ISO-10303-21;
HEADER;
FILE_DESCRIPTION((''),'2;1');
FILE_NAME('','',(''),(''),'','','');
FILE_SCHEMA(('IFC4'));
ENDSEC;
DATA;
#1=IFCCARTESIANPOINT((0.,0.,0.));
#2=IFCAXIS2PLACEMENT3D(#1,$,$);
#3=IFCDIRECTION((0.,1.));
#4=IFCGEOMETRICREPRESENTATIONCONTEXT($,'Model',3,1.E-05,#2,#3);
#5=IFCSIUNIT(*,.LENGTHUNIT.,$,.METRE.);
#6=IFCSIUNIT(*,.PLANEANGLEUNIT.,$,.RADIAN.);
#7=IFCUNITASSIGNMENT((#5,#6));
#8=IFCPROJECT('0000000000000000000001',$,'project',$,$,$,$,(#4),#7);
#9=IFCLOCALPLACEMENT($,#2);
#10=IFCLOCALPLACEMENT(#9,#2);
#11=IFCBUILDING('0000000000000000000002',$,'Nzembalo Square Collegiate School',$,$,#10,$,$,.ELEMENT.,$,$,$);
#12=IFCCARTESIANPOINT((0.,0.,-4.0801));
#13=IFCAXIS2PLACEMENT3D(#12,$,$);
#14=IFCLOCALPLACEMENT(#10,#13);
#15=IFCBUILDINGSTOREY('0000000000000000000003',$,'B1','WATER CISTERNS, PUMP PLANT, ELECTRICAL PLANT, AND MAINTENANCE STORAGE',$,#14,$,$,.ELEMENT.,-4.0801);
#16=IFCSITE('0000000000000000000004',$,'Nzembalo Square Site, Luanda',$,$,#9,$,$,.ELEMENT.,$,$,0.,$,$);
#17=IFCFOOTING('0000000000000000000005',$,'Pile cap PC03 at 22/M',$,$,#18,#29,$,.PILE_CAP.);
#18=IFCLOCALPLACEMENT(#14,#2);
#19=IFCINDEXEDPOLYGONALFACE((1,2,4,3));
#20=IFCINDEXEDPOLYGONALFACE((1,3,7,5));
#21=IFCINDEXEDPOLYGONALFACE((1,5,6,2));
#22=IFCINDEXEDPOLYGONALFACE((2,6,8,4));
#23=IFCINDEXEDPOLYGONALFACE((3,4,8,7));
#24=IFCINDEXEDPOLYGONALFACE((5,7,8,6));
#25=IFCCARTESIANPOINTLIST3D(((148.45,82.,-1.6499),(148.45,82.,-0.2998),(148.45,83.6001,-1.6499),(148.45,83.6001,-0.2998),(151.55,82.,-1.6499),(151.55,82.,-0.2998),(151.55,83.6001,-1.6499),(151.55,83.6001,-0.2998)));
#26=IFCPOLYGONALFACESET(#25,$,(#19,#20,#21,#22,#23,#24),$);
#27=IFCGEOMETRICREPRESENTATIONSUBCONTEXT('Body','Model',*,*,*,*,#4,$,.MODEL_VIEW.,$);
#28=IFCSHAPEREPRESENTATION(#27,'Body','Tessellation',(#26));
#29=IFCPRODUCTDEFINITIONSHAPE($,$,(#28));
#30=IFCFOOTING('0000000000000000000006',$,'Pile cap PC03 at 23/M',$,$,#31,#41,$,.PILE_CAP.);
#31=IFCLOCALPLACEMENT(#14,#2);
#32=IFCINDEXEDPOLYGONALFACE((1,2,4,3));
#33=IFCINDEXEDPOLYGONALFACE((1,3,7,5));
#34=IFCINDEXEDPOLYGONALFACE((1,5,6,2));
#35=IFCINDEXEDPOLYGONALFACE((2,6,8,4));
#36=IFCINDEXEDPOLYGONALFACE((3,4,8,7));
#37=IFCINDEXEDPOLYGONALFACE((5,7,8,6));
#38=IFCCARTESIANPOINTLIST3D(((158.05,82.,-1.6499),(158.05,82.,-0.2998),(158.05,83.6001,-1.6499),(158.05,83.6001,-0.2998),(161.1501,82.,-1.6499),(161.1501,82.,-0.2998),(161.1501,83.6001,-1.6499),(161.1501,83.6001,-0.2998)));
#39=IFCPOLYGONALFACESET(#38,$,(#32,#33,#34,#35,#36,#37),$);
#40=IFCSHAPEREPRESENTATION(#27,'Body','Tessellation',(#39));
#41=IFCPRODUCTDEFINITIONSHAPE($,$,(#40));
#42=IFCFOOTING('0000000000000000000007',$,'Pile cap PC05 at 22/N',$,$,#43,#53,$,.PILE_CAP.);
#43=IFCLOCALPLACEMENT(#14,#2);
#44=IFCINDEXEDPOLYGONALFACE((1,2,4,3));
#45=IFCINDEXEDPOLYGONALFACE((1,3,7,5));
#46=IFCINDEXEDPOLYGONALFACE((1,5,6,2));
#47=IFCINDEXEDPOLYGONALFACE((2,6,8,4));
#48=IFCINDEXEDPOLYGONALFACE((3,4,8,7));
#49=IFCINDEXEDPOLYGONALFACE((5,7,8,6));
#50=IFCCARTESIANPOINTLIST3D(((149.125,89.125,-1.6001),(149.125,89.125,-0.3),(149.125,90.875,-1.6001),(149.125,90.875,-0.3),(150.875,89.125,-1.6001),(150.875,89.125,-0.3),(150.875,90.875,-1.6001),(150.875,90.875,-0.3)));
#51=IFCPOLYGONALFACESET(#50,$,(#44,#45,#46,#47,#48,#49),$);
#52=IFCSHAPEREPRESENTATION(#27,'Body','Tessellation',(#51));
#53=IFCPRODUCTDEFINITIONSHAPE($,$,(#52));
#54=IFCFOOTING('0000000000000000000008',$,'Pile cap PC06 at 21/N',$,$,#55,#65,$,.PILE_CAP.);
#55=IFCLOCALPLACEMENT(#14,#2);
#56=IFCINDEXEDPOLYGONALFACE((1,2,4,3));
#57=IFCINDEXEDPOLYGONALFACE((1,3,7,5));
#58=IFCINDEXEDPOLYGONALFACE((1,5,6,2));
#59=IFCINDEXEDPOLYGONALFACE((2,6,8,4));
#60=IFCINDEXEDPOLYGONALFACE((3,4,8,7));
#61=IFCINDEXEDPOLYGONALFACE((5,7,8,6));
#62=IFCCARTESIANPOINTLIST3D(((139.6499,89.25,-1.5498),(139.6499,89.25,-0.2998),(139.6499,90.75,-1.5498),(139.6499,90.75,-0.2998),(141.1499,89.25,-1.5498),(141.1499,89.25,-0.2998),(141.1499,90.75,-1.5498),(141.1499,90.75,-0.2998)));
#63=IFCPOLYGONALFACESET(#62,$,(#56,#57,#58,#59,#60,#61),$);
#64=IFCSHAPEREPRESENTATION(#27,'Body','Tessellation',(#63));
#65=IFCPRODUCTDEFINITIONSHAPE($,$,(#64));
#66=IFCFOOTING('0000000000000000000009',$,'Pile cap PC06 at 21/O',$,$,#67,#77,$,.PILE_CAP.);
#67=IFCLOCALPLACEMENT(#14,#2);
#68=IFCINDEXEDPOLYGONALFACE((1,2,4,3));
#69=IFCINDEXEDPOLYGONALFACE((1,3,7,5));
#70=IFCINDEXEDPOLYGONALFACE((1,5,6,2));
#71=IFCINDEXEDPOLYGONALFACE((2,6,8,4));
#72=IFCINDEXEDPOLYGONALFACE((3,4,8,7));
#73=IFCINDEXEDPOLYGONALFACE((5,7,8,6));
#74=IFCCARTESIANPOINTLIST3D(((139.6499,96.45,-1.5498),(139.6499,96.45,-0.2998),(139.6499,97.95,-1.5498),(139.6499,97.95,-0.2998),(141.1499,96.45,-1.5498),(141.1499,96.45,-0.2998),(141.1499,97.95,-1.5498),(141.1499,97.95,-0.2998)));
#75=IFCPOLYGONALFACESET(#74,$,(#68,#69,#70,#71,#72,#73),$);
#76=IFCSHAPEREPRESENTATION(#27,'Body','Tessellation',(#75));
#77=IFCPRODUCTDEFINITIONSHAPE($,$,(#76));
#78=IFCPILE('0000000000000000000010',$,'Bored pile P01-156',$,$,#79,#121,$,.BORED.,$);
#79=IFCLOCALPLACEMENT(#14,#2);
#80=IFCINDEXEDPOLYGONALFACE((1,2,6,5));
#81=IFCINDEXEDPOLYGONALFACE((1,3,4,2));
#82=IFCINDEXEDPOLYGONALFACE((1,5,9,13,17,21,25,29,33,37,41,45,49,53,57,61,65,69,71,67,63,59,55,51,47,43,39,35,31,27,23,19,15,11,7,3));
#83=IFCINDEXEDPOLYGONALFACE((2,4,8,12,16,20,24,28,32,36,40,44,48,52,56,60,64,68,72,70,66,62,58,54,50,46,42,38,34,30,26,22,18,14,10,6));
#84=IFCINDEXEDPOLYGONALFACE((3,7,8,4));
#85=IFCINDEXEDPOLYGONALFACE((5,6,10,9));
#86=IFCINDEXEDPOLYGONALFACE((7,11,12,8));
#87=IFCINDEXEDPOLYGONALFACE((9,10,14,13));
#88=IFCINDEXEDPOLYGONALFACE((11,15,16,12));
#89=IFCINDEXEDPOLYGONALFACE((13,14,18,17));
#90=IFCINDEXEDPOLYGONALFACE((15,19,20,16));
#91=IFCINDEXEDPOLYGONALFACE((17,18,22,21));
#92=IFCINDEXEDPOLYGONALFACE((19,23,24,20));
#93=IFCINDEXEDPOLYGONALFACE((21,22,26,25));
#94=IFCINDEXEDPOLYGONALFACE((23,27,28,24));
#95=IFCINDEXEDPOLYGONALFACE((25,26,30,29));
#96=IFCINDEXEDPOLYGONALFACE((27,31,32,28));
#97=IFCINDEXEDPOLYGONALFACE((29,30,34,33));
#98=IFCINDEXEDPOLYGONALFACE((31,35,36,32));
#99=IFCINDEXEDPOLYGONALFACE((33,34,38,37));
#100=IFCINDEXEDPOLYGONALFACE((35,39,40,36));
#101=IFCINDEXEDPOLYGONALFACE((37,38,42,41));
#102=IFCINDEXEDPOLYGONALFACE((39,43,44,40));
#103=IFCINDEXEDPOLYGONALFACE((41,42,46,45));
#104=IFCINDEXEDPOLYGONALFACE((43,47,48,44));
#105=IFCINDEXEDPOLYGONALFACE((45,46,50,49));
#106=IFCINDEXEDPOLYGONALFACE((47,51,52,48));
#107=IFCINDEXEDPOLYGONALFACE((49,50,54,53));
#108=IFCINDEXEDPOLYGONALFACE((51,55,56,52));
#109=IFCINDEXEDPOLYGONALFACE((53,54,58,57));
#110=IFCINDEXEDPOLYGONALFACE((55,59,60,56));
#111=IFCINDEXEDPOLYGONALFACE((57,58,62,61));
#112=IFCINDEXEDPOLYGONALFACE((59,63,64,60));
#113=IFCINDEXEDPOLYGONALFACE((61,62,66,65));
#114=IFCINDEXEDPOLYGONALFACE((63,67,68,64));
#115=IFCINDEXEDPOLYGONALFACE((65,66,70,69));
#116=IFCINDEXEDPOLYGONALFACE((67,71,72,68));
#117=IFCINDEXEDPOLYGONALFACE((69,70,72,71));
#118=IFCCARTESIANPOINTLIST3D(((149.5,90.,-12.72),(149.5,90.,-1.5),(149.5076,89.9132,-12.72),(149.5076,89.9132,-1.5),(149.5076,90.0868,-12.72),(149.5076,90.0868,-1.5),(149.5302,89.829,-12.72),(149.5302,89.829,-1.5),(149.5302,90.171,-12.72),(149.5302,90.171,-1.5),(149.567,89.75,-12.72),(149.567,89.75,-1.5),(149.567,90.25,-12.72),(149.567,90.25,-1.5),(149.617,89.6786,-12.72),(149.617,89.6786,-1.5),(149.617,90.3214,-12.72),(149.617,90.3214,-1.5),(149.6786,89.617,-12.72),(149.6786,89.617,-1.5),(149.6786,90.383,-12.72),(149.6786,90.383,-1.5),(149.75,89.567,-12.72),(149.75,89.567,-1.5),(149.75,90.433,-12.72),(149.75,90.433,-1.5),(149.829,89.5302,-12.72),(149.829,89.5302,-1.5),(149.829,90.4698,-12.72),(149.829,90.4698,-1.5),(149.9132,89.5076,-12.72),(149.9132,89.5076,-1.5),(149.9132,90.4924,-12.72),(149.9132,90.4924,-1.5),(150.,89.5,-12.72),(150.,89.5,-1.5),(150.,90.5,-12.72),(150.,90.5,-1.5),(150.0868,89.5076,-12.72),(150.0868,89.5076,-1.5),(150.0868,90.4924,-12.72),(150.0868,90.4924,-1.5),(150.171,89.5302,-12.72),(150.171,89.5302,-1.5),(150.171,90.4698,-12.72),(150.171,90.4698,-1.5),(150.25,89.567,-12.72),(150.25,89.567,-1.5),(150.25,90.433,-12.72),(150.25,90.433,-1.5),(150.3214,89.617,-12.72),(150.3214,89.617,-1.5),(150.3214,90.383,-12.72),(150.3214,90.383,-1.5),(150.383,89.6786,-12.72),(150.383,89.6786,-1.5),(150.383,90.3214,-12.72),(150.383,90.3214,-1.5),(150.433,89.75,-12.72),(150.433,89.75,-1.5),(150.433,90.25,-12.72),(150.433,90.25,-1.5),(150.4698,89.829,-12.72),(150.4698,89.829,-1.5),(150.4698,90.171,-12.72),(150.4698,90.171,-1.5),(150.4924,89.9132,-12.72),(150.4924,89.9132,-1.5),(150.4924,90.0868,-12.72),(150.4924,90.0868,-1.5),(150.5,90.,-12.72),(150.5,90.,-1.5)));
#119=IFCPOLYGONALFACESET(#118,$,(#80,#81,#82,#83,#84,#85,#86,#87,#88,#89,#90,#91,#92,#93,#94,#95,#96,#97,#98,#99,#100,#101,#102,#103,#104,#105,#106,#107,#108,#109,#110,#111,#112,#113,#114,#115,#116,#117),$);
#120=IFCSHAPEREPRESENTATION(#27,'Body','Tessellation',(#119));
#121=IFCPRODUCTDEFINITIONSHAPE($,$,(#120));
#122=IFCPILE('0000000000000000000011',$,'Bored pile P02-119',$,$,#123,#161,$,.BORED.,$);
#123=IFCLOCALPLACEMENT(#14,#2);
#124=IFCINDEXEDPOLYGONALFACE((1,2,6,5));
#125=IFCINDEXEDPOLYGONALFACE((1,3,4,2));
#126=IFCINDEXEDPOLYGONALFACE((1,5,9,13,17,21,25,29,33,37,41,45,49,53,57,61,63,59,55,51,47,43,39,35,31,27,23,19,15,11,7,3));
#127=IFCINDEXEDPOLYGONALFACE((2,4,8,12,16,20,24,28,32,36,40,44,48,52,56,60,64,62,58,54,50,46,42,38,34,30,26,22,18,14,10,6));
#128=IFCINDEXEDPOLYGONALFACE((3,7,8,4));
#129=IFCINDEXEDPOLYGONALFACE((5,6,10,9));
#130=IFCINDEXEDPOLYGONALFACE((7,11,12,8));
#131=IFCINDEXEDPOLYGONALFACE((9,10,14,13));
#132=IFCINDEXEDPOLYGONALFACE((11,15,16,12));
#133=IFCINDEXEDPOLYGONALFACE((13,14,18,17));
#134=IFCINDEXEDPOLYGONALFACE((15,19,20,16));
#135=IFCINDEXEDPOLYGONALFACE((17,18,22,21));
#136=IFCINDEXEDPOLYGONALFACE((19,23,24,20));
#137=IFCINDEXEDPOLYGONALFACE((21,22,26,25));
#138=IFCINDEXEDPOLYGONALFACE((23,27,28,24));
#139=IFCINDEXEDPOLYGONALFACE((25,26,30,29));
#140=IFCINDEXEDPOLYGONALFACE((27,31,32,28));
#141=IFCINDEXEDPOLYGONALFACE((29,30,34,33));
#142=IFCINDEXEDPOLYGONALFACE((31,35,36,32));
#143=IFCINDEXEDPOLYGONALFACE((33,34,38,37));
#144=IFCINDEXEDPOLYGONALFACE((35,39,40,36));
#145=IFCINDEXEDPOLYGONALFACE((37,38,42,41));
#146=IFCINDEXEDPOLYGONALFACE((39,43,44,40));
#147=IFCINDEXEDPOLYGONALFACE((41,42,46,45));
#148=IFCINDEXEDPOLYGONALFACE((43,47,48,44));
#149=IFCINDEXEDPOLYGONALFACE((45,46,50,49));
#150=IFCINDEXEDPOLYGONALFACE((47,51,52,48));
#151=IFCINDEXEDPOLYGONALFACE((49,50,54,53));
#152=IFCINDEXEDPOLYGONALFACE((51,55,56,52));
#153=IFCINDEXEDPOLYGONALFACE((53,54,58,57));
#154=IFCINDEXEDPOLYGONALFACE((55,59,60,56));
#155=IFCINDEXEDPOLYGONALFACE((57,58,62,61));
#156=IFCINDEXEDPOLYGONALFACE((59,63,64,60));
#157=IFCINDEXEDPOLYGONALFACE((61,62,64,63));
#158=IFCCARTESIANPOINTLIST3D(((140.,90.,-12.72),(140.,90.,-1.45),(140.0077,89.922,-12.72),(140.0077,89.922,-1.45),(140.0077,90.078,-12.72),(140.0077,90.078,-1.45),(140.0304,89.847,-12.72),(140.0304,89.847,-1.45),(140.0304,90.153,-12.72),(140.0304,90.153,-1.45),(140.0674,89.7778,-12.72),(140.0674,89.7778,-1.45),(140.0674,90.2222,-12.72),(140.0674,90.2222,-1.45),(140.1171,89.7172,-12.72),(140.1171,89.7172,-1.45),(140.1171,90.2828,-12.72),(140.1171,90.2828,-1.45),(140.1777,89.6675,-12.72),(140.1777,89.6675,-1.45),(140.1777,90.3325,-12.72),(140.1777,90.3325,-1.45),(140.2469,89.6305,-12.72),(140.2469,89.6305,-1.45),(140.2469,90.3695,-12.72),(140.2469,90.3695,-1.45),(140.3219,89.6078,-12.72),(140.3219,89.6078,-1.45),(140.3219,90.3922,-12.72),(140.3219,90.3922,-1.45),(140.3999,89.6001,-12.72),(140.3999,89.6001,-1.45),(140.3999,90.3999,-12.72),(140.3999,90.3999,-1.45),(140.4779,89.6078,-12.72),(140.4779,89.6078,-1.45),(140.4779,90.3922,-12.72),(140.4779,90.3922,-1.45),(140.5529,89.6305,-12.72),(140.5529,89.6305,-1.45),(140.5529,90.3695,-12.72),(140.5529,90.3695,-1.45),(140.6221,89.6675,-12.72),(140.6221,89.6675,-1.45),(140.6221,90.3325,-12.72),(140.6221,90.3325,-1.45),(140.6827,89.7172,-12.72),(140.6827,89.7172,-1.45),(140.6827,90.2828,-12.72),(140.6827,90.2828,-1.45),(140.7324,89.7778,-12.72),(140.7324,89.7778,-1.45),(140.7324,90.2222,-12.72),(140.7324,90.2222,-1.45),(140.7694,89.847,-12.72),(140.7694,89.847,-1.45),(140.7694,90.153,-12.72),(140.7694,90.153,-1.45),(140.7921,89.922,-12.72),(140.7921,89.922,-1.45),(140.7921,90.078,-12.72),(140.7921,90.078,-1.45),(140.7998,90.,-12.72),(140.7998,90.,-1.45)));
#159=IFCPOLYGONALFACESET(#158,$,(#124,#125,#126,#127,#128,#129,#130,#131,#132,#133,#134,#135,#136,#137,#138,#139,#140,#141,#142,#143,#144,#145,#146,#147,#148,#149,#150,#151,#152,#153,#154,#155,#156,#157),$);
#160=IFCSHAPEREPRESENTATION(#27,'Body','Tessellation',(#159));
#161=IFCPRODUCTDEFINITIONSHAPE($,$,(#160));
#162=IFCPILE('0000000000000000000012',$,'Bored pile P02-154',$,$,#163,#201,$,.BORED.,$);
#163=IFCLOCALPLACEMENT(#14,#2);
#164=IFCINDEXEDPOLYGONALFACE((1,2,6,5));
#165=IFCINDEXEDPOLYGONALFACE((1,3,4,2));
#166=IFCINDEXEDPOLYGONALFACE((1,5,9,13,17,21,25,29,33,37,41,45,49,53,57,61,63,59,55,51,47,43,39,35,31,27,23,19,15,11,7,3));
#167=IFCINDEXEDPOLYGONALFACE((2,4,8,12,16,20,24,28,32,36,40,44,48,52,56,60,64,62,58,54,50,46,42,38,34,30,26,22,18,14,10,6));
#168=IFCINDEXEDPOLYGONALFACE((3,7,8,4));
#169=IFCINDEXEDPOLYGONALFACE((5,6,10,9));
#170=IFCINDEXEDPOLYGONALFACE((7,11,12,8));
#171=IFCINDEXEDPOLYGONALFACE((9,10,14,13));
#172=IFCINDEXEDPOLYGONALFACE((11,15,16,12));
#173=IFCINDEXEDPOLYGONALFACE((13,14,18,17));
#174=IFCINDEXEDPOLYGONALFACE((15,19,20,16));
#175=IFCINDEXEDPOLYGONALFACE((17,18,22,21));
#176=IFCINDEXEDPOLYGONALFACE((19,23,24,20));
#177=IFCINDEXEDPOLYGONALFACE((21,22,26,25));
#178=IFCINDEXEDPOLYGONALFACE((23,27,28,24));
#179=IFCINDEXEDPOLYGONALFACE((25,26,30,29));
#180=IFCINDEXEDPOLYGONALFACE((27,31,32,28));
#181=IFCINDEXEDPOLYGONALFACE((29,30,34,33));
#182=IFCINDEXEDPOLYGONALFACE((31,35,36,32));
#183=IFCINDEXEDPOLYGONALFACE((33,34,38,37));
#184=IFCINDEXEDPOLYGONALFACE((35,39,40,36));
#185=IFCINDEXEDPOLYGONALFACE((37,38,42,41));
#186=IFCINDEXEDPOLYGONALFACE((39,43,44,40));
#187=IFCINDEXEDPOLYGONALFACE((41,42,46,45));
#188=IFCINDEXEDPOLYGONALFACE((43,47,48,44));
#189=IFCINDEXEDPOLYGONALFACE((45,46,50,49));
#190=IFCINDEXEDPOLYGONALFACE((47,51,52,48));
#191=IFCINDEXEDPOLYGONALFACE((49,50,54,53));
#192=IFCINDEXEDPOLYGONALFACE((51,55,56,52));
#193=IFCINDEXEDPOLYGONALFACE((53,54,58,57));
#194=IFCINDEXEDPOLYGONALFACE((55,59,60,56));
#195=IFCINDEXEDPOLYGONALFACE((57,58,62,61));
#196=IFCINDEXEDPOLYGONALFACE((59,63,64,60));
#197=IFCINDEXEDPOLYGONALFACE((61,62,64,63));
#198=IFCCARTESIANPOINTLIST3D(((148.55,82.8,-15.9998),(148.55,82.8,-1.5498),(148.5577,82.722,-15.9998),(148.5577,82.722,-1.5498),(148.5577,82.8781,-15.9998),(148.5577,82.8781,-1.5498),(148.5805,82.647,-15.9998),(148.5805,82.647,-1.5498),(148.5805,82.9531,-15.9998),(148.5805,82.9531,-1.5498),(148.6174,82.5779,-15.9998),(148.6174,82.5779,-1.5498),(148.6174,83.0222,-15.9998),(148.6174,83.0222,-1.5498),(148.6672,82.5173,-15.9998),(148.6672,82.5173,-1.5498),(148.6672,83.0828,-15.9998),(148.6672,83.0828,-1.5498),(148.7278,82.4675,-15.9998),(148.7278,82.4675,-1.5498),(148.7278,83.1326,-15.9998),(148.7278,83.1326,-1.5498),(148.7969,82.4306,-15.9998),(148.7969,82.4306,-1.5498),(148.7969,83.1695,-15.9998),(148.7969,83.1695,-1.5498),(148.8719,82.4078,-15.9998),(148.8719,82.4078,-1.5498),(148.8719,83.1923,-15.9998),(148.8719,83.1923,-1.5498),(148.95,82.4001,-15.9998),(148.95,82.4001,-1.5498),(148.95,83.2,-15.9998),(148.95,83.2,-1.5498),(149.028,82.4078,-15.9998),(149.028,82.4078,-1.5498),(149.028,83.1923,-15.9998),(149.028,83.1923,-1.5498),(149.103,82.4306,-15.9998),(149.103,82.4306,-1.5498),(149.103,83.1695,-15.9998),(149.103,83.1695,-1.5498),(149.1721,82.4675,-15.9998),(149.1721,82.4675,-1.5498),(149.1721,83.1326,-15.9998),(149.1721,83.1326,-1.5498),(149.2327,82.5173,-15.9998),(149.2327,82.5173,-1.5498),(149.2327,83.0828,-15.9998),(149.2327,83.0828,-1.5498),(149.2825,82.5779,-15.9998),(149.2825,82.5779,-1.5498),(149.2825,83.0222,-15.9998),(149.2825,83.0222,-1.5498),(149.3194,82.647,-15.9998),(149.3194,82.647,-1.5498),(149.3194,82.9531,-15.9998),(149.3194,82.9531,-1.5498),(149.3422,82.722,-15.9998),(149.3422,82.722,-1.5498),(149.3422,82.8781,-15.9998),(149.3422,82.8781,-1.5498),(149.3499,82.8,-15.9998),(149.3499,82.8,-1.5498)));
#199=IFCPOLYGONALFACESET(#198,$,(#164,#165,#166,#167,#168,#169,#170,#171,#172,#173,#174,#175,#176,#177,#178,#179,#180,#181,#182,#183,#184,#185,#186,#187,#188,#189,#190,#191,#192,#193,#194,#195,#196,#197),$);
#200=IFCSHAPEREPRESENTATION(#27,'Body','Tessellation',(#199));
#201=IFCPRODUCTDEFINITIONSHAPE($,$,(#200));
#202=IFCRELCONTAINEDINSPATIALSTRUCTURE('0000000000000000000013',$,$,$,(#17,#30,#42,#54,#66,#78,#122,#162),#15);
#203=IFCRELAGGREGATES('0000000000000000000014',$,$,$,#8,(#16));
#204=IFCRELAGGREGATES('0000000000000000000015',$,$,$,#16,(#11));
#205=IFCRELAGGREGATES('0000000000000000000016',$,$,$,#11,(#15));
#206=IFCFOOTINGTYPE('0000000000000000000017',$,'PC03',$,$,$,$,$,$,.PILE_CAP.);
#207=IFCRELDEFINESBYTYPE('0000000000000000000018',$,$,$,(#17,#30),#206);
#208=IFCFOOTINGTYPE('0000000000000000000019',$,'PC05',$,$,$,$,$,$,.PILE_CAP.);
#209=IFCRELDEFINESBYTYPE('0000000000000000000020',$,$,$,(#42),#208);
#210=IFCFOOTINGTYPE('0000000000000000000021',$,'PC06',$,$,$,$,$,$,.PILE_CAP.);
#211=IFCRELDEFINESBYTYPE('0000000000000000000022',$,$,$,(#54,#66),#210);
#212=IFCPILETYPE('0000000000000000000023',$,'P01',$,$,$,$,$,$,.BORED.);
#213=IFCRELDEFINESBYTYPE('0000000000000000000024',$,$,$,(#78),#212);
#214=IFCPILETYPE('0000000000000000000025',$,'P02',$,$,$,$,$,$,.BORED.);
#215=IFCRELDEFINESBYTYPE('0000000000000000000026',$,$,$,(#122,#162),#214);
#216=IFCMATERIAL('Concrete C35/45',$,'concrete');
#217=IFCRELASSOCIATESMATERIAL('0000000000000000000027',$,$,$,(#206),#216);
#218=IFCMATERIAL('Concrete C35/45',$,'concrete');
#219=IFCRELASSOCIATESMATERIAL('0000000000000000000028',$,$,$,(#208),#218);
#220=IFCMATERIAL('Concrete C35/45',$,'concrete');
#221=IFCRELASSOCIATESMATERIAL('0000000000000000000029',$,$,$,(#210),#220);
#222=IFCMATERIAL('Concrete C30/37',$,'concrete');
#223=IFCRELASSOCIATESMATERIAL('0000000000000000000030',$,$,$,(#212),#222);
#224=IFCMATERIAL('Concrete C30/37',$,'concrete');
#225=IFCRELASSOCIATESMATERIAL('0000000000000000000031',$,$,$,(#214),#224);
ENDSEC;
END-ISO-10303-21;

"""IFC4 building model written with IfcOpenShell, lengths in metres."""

from ifc_helpers import new_model, si_unit, direction, frame, origin, origin_2d, place, context, subcontext, project, spatial, rectangle, circle, extrude, material, material_profile, profile_set, type_object, element, save


model = new_model("IFC4")

# Units and contexts
model_context = context("Model", 3, precision=1e-05, world=origin(), true_north=direction((0.0, 1.0)))
body_context = subcontext(model_context, "Body", "Model", "MODEL_VIEW")
ifc_project = project(units=[si_unit("LENGTHUNIT", "METRE"), si_unit("PLANEANGLEUNIT", "RADIAN")], contexts=[model_context])

# Site, building, storey
site_placement = place(None, origin())
site = spatial("IfcSite", under=ifc_project, at=site_placement, Name="Nzembalo Square Site, Luanda", CompositionType="ELEMENT", RefElevation=0.0)
building_placement = place(site_placement, origin())
building = spatial("IfcBuilding", under=site, at=building_placement, Name="Nzembalo Square Collegiate School", CompositionType="ELEMENT")
storey_placement = place(building_placement, frame((0.0, 0.0, -4.0801)))
storey = spatial("IfcBuildingStorey", under=building, at=storey_placement, Name="B1", Description="WATER CISTERNS, PUMP PLANT, ELECTRICAL PLANT, AND MAINTENANCE STORAGE", CompositionType="ELEMENT", Elevation=-4.0801)

# Footings
ifc_material_1 = material(Name="Concrete C35/45", Category="concrete")
footing_type_1 = type_object("IfcFootingType", Name="PC03", PredefinedType="PILE_CAP", material=ifc_material_1)
for number, where, z_axis, x_axis, name in (
    (1, (150.0, 82.8, -1.6499), (0.0, 0.0, 1.0), (1.0, 0.0, 0.0), "Pile cap PC03 at 22/M"),
    (2, (159.6001, 82.8, -1.6499), (0.0, 0.0, 1.0), (1.0, 0.0, 0.0), "Pile cap PC03 at 23/M"),
):
    element("IfcFooting", number, at=place(storey_placement, frame(where, z_axis=z_axis, x_axis=x_axis)), inside=storey, type_object=footing_type_1, Name=name, PredefinedType="PILE_CAP", context=body_context, shape_type="SweptSolid", body=[
        extrude(rectangle(XDim=3.1001, YDim=1.6001, at=origin_2d()), origin(), (0.0, 0.0, 1.0), 1.3501),
    ])
ifc_material_2 = material(Name="Concrete C35/45", Category="concrete")
footing_type_2 = type_object("IfcFootingType", Name="PC05", PredefinedType="PILE_CAP", material=ifc_material_2)
footing_placement = place(storey_placement, frame((150.0, 90.0, -1.6001), z_axis=(0.0, 0.0, 1.0), x_axis=(1.0, 0.0, 0.0)))
element("IfcFooting", 3, at=footing_placement, inside=storey, type_object=footing_type_2, Name="Pile cap PC05 at 22/N", PredefinedType="PILE_CAP", context=body_context, shape_type="SweptSolid", body=[
    extrude(rectangle(XDim=1.75, YDim=1.75, at=origin_2d()), origin(), (0.0, 0.0, 1.0), 1.3),
])
ifc_material_3 = material(Name="Concrete C35/45", Category="concrete")
footing_type_3 = type_object("IfcFootingType", Name="PC06", PredefinedType="PILE_CAP", material=ifc_material_3)
for number, where, z_axis, x_axis, name in (
    (4, (140.3999, 90.0, -1.5498), (0.0, 0.0, 1.0), (1.0, 0.0, 0.0), "Pile cap PC06 at 21/N"),
    (5, (140.3999, 97.2, -1.5498), (0.0, 0.0, 1.0), (1.0, 0.0, 0.0), "Pile cap PC06 at 21/O"),
):
    element("IfcFooting", number, at=place(storey_placement, frame(where, z_axis=z_axis, x_axis=x_axis)), inside=storey, type_object=footing_type_3, Name=name, PredefinedType="PILE_CAP", context=body_context, shape_type="SweptSolid", body=[
        extrude(rectangle(XDim=1.5, YDim=1.5, at=origin_2d()), origin(), (0.0, 0.0, 1.0), 1.25),
    ])

# Piles
ifc_material_4 = material(Name="Concrete C30/37", Category="concrete")
ifc_material_profile_1 = material_profile(ifc_material_4, circle(Radius=0.5, at=origin_2d()), Name="PILE D1000")
ifc_profile_set_1 = profile_set([ifc_material_profile_1], Name="Concrete C30/37")
pile_type_1 = type_object("IfcPileType", Name="P01", PredefinedType="BORED", material=ifc_profile_set_1)
pile_1_placement = place(storey_placement, frame((150.0, 90.0, -1.5), z_axis=(0.0, 0.0, -1.0), x_axis=(1.0, 0.0, 0.0)))
element("IfcPile", 6, at=pile_1_placement, inside=storey, type_object=pile_type_1, Name="Bored pile P01-156", PredefinedType="BORED", context=body_context, shape_type="SweptSolid", body=[
    extrude(circle(Radius=0.5, at=origin_2d()), origin(), (0.0, 0.0, 1.0), 11.22),
])
ifc_material_5 = material(Name="Concrete C30/37", Category="concrete")
ifc_material_profile_2 = material_profile(ifc_material_5, circle(Radius=0.3999, at=origin_2d()), Name="PILE D800")
ifc_profile_set_2 = profile_set([ifc_material_profile_2], Name="Concrete C30/37")
pile_type_2 = type_object("IfcPileType", Name="P02", PredefinedType="BORED", material=ifc_profile_set_2)
pile_2_placement = place(storey_placement, frame((140.3999, 90.0, -1.45), z_axis=(0.0, 0.0, -1.0), x_axis=(1.0, 0.0, 0.0)))
element("IfcPile", 7, at=pile_2_placement, inside=storey, type_object=pile_type_2, Name="Bored pile P02-119", PredefinedType="BORED", context=body_context, shape_type="SweptSolid", body=[
    extrude(circle(Radius=0.3999, at=origin_2d()), origin(), (0.0, 0.0, 1.0), 11.27),
])
for number, where, z_axis, x_axis, name in (
    (8, (148.95, 82.8, -1.5498), (0.0, 0.0, -1.0), (1.0, 0.0, 0.0), "Bored pile P02-154"),
):
    element("IfcPile", number, at=place(storey_placement, frame(where, z_axis=z_axis, x_axis=x_axis)), inside=storey, type_object=pile_type_2, Name=name, PredefinedType="BORED", context=body_context, shape_type="SweptSolid", body=[
        extrude(circle(Radius=0.3999, at=origin_2d()), origin(), (0.0, 0.0, 1.0), 14.45),
    ])

save(model, "model.ifc")
